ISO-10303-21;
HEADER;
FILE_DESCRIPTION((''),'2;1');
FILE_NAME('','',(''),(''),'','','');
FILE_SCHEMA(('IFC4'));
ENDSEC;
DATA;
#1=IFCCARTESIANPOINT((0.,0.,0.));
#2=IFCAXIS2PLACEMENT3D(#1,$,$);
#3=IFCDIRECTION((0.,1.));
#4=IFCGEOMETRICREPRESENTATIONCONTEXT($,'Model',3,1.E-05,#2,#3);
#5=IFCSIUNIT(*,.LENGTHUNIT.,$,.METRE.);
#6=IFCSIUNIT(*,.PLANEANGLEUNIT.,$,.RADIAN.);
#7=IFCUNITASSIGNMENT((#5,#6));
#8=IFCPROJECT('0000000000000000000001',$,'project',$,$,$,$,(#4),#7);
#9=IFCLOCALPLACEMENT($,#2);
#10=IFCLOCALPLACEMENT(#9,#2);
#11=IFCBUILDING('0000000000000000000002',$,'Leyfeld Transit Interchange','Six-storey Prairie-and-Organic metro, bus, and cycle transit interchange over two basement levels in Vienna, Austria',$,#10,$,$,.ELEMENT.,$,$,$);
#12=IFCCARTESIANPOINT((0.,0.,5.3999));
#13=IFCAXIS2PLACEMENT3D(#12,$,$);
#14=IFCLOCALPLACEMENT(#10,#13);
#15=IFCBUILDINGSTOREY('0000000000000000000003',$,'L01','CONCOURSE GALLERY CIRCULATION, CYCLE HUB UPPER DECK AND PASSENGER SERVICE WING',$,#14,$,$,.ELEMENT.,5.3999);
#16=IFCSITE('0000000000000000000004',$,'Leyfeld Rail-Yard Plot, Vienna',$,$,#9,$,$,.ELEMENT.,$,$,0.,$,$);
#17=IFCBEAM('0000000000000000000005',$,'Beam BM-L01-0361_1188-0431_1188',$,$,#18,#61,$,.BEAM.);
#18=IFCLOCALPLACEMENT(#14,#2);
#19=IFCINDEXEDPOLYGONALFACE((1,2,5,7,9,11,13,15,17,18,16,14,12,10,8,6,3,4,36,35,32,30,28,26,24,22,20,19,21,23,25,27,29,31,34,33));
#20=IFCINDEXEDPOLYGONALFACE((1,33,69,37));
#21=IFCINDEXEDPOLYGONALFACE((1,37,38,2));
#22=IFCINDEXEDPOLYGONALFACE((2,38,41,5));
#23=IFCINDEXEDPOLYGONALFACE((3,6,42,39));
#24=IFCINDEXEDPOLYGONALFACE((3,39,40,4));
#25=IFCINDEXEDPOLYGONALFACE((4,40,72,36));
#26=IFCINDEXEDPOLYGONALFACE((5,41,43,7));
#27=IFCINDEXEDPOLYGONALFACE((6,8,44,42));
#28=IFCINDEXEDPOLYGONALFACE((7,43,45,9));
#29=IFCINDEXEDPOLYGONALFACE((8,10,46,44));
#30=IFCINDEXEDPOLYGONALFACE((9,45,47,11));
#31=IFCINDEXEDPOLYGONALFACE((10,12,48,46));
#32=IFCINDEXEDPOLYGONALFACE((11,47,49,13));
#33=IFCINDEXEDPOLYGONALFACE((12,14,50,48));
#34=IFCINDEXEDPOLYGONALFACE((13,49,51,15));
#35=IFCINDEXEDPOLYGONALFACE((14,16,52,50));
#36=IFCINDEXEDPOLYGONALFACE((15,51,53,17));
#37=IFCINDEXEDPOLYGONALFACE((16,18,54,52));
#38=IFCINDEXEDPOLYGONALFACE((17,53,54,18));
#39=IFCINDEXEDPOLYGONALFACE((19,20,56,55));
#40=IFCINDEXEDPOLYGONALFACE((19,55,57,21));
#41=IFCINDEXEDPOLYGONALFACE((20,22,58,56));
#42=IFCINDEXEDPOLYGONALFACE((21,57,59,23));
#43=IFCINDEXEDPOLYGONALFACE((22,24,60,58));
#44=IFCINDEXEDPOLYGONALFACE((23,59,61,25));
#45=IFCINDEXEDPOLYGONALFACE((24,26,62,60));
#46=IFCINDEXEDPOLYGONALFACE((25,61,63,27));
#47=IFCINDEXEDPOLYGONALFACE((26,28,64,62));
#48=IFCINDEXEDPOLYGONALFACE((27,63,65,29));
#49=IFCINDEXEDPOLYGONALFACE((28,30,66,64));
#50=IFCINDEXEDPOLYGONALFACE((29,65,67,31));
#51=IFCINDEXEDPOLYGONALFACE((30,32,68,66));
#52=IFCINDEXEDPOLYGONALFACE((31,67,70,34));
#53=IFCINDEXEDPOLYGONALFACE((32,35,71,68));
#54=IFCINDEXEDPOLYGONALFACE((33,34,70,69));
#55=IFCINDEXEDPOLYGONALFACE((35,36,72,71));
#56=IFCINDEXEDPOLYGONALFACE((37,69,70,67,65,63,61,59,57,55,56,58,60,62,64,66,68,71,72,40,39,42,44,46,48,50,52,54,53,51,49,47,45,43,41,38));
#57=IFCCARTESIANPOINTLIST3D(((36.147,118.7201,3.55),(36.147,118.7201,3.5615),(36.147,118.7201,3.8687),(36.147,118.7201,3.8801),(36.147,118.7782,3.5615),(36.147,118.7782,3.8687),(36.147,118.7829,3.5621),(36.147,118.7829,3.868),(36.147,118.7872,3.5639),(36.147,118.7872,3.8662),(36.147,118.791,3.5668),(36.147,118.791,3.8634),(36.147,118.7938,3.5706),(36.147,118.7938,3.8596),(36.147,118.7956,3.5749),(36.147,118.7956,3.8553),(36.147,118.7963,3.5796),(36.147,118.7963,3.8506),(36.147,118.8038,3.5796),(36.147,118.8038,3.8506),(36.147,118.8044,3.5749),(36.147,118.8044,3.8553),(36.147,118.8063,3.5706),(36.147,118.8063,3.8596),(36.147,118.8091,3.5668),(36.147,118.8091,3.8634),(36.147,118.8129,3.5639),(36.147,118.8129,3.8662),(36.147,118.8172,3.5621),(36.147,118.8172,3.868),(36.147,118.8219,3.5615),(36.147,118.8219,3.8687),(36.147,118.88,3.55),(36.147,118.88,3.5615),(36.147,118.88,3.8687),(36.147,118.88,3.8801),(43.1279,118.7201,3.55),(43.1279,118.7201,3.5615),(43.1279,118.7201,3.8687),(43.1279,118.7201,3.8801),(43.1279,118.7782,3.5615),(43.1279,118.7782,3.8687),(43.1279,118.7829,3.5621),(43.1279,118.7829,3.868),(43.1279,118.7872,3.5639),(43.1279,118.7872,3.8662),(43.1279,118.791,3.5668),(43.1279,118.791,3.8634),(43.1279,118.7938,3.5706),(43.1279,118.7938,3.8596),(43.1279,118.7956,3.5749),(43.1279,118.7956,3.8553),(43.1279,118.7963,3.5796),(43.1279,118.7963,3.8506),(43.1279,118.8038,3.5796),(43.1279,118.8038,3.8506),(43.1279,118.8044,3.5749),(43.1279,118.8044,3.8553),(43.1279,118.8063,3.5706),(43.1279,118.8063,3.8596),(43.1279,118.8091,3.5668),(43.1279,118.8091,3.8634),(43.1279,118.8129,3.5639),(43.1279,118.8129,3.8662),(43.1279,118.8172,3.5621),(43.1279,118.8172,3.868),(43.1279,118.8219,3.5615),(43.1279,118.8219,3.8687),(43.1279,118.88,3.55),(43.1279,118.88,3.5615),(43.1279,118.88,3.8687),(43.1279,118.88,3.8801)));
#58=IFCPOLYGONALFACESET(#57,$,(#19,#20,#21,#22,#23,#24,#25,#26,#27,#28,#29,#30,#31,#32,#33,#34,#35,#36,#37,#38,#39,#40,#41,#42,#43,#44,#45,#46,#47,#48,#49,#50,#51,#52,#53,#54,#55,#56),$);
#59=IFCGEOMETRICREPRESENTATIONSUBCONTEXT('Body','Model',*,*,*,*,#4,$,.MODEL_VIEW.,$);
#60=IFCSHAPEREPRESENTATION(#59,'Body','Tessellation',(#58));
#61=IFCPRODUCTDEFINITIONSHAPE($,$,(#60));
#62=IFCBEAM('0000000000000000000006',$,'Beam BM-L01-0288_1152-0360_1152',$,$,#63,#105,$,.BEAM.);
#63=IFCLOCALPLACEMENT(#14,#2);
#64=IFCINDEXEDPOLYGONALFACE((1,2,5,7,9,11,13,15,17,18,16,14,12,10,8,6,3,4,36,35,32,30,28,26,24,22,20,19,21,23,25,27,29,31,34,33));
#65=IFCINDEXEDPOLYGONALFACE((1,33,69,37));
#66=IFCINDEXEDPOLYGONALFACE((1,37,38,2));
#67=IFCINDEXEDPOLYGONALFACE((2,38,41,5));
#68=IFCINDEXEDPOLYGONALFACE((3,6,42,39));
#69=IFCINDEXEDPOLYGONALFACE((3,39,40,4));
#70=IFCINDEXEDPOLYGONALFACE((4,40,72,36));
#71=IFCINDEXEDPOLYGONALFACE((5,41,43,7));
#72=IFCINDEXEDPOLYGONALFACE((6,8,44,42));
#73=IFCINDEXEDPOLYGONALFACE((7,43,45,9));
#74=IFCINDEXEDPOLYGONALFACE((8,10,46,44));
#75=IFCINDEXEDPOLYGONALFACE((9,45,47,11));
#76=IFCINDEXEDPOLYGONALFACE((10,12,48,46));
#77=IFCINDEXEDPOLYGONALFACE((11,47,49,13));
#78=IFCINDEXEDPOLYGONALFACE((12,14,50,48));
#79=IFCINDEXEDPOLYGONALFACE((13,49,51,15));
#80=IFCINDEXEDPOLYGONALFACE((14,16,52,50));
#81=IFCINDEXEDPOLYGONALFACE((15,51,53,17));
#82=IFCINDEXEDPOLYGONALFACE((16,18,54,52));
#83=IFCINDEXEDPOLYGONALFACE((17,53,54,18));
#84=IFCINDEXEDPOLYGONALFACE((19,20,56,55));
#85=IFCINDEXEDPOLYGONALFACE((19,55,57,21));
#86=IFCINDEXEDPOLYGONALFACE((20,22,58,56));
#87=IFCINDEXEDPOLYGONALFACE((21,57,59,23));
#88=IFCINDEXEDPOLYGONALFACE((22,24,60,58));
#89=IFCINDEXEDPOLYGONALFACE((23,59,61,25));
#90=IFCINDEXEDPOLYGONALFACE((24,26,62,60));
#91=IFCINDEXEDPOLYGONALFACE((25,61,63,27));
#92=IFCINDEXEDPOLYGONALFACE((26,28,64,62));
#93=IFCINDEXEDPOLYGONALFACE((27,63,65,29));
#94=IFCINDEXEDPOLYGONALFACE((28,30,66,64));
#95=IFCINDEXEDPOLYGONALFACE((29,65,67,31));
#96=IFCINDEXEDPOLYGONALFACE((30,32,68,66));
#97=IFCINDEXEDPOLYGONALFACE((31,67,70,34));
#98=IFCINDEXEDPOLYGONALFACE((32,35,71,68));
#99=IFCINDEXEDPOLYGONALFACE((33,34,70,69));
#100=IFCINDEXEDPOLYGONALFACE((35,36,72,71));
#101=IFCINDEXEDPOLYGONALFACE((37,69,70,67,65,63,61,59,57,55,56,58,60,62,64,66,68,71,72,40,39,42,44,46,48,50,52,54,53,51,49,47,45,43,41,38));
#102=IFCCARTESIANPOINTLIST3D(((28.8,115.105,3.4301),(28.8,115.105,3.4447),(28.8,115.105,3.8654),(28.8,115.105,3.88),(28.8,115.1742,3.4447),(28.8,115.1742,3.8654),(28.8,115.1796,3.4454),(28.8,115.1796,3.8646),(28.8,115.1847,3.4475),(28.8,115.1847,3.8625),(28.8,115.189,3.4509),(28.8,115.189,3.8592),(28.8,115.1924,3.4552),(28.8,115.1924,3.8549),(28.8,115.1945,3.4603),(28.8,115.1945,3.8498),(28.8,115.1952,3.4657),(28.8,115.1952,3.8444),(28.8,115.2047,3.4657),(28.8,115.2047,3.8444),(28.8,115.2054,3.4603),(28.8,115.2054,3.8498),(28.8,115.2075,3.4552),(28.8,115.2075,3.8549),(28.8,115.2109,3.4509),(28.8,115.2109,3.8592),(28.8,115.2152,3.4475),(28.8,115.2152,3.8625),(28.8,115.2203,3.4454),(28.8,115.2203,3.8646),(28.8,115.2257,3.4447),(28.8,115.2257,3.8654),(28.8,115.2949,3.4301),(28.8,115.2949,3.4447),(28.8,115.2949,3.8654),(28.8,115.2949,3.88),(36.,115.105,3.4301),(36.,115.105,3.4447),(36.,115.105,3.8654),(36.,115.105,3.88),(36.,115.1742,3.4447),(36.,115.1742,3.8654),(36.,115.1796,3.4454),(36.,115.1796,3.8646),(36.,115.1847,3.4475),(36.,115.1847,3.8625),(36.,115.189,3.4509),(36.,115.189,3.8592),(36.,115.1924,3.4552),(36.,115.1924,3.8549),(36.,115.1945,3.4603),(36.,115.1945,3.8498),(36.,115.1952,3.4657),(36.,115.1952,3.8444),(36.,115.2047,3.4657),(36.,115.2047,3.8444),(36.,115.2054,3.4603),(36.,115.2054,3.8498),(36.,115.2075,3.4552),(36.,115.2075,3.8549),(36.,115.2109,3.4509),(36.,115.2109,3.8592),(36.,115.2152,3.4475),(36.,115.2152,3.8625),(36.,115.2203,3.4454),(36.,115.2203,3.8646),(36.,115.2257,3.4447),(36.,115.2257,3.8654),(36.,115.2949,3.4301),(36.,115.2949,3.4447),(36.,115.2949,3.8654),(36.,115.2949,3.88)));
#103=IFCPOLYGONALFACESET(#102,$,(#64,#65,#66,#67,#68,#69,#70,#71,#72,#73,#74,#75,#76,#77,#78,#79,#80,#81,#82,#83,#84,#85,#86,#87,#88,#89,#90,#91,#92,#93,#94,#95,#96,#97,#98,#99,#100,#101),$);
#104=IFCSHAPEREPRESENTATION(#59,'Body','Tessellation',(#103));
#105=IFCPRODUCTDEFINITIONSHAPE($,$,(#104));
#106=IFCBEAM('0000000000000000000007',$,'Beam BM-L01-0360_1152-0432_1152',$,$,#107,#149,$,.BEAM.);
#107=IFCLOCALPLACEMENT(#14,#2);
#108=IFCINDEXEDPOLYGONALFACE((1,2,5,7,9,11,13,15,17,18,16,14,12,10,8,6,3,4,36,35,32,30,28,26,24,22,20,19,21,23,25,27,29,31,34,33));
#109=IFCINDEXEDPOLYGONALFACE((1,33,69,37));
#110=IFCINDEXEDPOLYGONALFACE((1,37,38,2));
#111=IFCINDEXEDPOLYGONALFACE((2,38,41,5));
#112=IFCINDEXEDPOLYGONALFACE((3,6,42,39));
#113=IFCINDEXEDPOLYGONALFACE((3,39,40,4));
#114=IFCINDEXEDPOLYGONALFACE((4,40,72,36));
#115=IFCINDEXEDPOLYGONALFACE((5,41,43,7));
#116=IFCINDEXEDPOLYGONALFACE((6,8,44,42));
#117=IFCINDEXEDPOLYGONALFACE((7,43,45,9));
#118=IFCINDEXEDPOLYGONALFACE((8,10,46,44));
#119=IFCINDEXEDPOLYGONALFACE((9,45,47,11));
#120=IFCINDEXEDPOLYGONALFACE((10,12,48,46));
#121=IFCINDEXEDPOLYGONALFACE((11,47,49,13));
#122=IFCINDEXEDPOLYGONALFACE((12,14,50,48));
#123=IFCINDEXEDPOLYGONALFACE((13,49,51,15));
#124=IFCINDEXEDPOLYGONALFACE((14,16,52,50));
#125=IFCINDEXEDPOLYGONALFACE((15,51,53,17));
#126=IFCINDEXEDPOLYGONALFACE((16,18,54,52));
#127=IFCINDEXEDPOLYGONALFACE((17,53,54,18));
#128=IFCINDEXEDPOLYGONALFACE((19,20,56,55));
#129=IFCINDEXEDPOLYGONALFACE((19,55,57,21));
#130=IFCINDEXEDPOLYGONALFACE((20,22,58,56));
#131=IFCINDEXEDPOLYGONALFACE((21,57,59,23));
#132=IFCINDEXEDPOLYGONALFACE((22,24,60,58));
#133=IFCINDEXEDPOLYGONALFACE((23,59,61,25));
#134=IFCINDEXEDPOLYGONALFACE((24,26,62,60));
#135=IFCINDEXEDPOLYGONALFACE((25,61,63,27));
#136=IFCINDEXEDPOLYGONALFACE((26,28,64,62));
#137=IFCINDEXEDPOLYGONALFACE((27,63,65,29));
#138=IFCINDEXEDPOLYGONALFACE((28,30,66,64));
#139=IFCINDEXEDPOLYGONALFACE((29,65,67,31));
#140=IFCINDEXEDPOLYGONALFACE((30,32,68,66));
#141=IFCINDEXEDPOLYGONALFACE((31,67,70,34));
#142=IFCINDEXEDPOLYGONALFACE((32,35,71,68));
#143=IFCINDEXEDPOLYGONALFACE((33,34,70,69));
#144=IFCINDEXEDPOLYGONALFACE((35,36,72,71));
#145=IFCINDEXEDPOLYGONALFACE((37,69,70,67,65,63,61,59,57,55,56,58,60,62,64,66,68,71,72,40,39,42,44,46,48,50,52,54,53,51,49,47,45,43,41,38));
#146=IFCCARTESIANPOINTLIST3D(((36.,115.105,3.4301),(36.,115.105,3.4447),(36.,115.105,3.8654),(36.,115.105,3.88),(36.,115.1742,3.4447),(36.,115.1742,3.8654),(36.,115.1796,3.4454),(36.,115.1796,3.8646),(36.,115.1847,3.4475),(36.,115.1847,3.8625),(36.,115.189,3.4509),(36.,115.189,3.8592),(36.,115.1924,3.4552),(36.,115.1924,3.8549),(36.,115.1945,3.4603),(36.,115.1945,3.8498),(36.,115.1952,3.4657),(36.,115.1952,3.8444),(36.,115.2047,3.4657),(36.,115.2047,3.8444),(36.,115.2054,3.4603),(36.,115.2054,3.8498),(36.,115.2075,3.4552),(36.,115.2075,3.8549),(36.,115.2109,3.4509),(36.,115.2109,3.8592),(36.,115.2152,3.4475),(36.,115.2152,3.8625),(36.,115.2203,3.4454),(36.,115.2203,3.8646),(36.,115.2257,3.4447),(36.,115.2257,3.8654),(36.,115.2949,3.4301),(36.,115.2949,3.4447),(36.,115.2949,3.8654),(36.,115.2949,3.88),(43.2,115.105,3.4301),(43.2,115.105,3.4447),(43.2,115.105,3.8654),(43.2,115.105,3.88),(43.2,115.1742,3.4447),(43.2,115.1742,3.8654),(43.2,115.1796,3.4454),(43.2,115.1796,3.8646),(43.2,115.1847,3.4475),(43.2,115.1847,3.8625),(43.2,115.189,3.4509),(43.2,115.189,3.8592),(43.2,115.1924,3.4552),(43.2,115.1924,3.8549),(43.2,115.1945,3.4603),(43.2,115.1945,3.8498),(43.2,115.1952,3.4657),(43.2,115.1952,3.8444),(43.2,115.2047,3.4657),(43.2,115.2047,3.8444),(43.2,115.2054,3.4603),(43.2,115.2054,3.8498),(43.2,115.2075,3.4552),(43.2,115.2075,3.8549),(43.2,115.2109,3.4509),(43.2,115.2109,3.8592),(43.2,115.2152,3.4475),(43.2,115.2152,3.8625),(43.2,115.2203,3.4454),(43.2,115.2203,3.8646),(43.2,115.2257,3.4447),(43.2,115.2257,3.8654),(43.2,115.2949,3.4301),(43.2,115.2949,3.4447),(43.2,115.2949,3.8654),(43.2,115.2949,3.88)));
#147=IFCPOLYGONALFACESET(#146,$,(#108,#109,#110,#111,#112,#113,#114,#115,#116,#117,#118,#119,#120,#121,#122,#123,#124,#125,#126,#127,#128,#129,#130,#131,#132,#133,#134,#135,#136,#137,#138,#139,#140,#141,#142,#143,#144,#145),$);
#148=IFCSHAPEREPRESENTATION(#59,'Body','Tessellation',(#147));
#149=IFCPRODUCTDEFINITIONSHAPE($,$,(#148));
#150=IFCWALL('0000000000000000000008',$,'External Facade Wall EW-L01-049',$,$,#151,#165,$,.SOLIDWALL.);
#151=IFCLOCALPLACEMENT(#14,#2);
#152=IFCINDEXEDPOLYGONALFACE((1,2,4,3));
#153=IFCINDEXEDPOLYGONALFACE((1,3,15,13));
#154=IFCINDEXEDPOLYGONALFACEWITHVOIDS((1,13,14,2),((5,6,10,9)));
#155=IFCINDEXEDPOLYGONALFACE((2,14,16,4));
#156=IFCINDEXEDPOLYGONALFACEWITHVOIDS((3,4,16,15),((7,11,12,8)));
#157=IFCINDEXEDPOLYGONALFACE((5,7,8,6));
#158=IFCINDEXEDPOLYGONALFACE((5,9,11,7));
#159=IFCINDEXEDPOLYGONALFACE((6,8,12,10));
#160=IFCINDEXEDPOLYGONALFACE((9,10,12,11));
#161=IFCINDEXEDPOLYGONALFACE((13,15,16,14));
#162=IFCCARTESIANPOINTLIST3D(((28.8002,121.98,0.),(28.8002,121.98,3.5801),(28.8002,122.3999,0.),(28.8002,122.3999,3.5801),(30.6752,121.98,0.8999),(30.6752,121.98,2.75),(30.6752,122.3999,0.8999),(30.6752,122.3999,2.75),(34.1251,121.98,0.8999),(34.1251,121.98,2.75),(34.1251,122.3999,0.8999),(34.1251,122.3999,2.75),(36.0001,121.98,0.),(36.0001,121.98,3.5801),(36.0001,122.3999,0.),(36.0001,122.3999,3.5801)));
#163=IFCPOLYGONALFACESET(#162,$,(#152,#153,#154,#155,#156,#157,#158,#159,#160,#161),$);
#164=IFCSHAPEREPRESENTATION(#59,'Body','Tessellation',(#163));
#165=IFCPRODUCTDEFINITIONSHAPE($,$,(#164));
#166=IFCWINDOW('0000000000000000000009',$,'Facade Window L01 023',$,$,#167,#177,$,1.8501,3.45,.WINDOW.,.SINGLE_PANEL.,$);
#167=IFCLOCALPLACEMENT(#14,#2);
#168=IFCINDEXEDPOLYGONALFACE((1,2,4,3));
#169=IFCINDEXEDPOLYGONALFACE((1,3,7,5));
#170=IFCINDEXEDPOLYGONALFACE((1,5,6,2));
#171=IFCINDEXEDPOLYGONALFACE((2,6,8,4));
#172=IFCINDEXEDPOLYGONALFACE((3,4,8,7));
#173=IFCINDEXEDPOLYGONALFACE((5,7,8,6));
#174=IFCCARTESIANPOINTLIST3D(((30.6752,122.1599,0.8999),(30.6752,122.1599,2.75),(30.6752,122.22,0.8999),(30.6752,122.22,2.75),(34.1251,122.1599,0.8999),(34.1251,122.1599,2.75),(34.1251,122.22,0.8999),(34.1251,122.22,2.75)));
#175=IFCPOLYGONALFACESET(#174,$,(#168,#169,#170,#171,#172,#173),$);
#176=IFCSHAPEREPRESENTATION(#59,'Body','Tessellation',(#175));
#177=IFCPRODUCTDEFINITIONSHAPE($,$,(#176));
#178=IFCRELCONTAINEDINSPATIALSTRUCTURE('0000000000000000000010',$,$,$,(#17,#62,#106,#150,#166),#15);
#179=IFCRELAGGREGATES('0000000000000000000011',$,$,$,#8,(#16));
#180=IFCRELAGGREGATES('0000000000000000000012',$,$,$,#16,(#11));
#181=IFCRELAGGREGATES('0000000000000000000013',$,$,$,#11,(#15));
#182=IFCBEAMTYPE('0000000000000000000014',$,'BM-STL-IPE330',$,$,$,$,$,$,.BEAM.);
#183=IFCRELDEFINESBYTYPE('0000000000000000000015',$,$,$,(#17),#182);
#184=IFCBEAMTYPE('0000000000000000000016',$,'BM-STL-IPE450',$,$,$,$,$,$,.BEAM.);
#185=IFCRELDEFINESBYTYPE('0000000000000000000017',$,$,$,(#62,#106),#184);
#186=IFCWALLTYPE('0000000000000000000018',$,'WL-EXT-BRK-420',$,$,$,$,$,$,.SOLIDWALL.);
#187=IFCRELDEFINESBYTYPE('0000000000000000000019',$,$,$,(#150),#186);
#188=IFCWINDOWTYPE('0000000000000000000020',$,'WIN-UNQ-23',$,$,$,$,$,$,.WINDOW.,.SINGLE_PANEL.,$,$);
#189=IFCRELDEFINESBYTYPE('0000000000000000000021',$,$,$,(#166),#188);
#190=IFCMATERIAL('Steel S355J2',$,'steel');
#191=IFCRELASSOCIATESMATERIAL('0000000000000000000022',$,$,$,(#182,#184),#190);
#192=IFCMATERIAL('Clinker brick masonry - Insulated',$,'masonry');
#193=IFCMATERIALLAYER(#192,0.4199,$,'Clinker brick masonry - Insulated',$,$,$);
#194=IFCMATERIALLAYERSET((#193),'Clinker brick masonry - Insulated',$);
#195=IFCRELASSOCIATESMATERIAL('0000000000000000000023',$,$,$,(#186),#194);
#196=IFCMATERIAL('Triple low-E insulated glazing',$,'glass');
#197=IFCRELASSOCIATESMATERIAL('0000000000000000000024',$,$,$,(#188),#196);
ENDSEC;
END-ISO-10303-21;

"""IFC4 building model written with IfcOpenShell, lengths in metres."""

from ifc_helpers import new_model, si_unit, direction, frame, frame_2d, origin, origin_2d, place, context, subcontext, project, spatial, rectangle, i_section, extrude, material, layer, layer_set, material_profile, profile_set, type_object, element, fill, save


model = new_model("IFC4")

# Units and contexts
model_context = context("Model", 3, precision=1e-05, world=origin(), true_north=direction((0.0, 1.0)))
body_context = subcontext(model_context, "Body", "Model", "MODEL_VIEW")
ifc_project = project(units=[si_unit("LENGTHUNIT", "METRE"), si_unit("PLANEANGLEUNIT", "RADIAN")], contexts=[model_context])

# Site, building, storey
site_placement = place(None, origin())
site = spatial("IfcSite", under=ifc_project, at=site_placement, Name="Leyfeld Rail-Yard Plot, Vienna", CompositionType="ELEMENT", RefElevation=0.0)
building_placement = place(site_placement, origin())
building = spatial("IfcBuilding", under=site, at=building_placement, Name="Leyfeld Transit Interchange", Description="Six-storey Prairie-and-Organic metro, bus, and cycle transit interchange over two basement levels in Vienna, Austria", CompositionType="ELEMENT")
storey_placement = place(building_placement, frame((0.0, 0.0, 5.3999)))
storey = spatial("IfcBuildingStorey", under=building, at=storey_placement, Name="L01", Description="CONCOURSE GALLERY CIRCULATION, CYCLE HUB UPPER DECK AND PASSENGER SERVICE WING", CompositionType="ELEMENT", Elevation=5.3999)

# Beams
ifc_material_1 = material(Name="Steel S355J2", Category="steel")
ifc_material_profile_1 = material_profile(ifc_material_1, i_section(OverallWidth=0.1599, OverallDepth=0.3301, WebThickness=0.0076, FlangeThickness=0.0115, FilletRadius=0.0181, at=origin_2d()), Name="IPE 330")
ifc_profile_set_1 = profile_set([ifc_material_profile_1], Name="Steel S355J2")
beam_type_1 = type_object("IfcBeamType", Name="BM-STL-IPE330", PredefinedType="BEAM", material=ifc_profile_set_1)
beam_1_placement = place(storey_placement, frame((36.147, 118.8, 3.7151), z_axis=(1.0, 0.0, 0.0), x_axis=(0.0, 1.0, 0.0)))
element("IfcBeam", 1, at=beam_1_placement, inside=storey, type_object=beam_type_1, Name="Beam BM-L01-0361_1188-0431_1188", PredefinedType="BEAM", context=body_context, shape_type="SweptSolid", body=[
    extrude(i_section(OverallWidth=0.1599, OverallDepth=0.3301, WebThickness=0.0076, FlangeThickness=0.0115, FilletRadius=0.0181, at=origin_2d()), origin(), (0.0, 0.0, 1.0), 6.981),
])
ifc_material_profile_2 = material_profile(ifc_material_1, i_section(OverallWidth=0.1899, OverallDepth=0.45, WebThickness=0.0095, FlangeThickness=0.0146, FilletRadius=0.021, at=origin_2d()), Name="IPE 450")
ifc_profile_set_2 = profile_set([ifc_material_profile_2], Name="Steel S355J2")
beam_type_2 = type_object("IfcBeamType", Name="BM-STL-IPE450", PredefinedType="BEAM", material=ifc_profile_set_2)
for number, where, z_axis, x_axis, name in (
    (2, (28.8, 115.2, 3.655), (1.0, 0.0, 0.0), (0.0, 1.0, 0.0), "Beam BM-L01-0288_1152-0360_1152"),
    (3, (36.0, 115.2, 3.655), (1.0, 0.0, 0.0), (0.0, 1.0, 0.0), "Beam BM-L01-0360_1152-0432_1152"),
):
    element("IfcBeam", number, at=place(storey_placement, frame(where, z_axis=z_axis, x_axis=x_axis)), inside=storey, type_object=beam_type_2, Name=name, PredefinedType="BEAM", context=body_context, shape_type="SweptSolid", body=[
        extrude(i_section(OverallWidth=0.1899, OverallDepth=0.45, WebThickness=0.0095, FlangeThickness=0.0146, FilletRadius=0.021, at=origin_2d()), origin(), (0.0, 0.0, 1.0), 7.2),
    ])

# Wall, opening, window
ifc_material_2 = material(Name="Clinker brick masonry - Insulated", Category="masonry")
ifc_layer_1 = layer(ifc_material_2, 0.4199, Name="Clinker brick masonry - Insulated")
ifc_layer_set_1 = layer_set([ifc_layer_1], Name="Clinker brick masonry - Insulated")
wall_type_1 = type_object("IfcWallType", Name="WL-EXT-BRK-420", PredefinedType="SOLIDWALL", material=ifc_layer_set_1)
wall_1_placement = place(storey_placement, frame((28.8, 122.1899, 0.0), z_axis=(0.0, 0.0, 1.0), x_axis=(1.0, 0.0, 0.0)))
wall_1 = element("IfcWall", 4, at=wall_1_placement, inside=storey, type_object=wall_type_1, Name="External Facade Wall EW-L01-049", PredefinedType="SOLIDWALL", context=body_context, shape_type="SweptSolid", body=[
    extrude(rectangle(XDim=7.2, YDim=0.4199, at=frame_2d((3.6001, 0.0))), origin(), (0.0, 0.0, 1.0), 3.5801),
])
opening_1_placement = place(wall_1_placement, frame((1.875, 0.0, 0.8999)))
opening_1 = element("IfcOpeningElement", 5, at=opening_1_placement, cuts=wall_1, PredefinedType="OPENING", context=body_context, shape_type="SweptSolid", body=[
    extrude(rectangle(XDim=3.45, YDim=1.8501, at=frame_2d((1.7251, 0.925))), frame((0.0, 0.22, 0.0), z_axis=(0.0, -1.0, 0.0), x_axis=(1.0, 0.0, 0.0)), (0.0, 0.0, 1.0), 0.4399),
])
ifc_material_3 = material(Name="Triple low-E insulated glazing", Category="glass")
window_type_1 = type_object("IfcWindowType", Name="WIN-UNQ-23", PartitioningType="SINGLE_PANEL", PredefinedType="WINDOW", material=ifc_material_3)
window_1_placement = place(opening_1_placement, origin())
window_1 = element("IfcWindow", 6, at=window_1_placement, inside=storey, type_object=window_type_1, Name="Facade Window L01 023", OverallHeight=1.8501, OverallWidth=3.45, PartitioningType="SINGLE_PANEL", PredefinedType="WINDOW", context=body_context, shape_type="SweptSolid", body=[
    extrude(rectangle(XDim=3.45, YDim=1.8501, at=frame_2d((1.7251, 0.925))), frame((0.0, 0.03, 0.0), z_axis=(0.0, -1.0, 0.0), x_axis=(1.0, 0.0, 0.0)), (0.0, 0.0, 1.0), 0.0601),
])
fill(opening_1, window_1)

save(model, "model.ifc")
